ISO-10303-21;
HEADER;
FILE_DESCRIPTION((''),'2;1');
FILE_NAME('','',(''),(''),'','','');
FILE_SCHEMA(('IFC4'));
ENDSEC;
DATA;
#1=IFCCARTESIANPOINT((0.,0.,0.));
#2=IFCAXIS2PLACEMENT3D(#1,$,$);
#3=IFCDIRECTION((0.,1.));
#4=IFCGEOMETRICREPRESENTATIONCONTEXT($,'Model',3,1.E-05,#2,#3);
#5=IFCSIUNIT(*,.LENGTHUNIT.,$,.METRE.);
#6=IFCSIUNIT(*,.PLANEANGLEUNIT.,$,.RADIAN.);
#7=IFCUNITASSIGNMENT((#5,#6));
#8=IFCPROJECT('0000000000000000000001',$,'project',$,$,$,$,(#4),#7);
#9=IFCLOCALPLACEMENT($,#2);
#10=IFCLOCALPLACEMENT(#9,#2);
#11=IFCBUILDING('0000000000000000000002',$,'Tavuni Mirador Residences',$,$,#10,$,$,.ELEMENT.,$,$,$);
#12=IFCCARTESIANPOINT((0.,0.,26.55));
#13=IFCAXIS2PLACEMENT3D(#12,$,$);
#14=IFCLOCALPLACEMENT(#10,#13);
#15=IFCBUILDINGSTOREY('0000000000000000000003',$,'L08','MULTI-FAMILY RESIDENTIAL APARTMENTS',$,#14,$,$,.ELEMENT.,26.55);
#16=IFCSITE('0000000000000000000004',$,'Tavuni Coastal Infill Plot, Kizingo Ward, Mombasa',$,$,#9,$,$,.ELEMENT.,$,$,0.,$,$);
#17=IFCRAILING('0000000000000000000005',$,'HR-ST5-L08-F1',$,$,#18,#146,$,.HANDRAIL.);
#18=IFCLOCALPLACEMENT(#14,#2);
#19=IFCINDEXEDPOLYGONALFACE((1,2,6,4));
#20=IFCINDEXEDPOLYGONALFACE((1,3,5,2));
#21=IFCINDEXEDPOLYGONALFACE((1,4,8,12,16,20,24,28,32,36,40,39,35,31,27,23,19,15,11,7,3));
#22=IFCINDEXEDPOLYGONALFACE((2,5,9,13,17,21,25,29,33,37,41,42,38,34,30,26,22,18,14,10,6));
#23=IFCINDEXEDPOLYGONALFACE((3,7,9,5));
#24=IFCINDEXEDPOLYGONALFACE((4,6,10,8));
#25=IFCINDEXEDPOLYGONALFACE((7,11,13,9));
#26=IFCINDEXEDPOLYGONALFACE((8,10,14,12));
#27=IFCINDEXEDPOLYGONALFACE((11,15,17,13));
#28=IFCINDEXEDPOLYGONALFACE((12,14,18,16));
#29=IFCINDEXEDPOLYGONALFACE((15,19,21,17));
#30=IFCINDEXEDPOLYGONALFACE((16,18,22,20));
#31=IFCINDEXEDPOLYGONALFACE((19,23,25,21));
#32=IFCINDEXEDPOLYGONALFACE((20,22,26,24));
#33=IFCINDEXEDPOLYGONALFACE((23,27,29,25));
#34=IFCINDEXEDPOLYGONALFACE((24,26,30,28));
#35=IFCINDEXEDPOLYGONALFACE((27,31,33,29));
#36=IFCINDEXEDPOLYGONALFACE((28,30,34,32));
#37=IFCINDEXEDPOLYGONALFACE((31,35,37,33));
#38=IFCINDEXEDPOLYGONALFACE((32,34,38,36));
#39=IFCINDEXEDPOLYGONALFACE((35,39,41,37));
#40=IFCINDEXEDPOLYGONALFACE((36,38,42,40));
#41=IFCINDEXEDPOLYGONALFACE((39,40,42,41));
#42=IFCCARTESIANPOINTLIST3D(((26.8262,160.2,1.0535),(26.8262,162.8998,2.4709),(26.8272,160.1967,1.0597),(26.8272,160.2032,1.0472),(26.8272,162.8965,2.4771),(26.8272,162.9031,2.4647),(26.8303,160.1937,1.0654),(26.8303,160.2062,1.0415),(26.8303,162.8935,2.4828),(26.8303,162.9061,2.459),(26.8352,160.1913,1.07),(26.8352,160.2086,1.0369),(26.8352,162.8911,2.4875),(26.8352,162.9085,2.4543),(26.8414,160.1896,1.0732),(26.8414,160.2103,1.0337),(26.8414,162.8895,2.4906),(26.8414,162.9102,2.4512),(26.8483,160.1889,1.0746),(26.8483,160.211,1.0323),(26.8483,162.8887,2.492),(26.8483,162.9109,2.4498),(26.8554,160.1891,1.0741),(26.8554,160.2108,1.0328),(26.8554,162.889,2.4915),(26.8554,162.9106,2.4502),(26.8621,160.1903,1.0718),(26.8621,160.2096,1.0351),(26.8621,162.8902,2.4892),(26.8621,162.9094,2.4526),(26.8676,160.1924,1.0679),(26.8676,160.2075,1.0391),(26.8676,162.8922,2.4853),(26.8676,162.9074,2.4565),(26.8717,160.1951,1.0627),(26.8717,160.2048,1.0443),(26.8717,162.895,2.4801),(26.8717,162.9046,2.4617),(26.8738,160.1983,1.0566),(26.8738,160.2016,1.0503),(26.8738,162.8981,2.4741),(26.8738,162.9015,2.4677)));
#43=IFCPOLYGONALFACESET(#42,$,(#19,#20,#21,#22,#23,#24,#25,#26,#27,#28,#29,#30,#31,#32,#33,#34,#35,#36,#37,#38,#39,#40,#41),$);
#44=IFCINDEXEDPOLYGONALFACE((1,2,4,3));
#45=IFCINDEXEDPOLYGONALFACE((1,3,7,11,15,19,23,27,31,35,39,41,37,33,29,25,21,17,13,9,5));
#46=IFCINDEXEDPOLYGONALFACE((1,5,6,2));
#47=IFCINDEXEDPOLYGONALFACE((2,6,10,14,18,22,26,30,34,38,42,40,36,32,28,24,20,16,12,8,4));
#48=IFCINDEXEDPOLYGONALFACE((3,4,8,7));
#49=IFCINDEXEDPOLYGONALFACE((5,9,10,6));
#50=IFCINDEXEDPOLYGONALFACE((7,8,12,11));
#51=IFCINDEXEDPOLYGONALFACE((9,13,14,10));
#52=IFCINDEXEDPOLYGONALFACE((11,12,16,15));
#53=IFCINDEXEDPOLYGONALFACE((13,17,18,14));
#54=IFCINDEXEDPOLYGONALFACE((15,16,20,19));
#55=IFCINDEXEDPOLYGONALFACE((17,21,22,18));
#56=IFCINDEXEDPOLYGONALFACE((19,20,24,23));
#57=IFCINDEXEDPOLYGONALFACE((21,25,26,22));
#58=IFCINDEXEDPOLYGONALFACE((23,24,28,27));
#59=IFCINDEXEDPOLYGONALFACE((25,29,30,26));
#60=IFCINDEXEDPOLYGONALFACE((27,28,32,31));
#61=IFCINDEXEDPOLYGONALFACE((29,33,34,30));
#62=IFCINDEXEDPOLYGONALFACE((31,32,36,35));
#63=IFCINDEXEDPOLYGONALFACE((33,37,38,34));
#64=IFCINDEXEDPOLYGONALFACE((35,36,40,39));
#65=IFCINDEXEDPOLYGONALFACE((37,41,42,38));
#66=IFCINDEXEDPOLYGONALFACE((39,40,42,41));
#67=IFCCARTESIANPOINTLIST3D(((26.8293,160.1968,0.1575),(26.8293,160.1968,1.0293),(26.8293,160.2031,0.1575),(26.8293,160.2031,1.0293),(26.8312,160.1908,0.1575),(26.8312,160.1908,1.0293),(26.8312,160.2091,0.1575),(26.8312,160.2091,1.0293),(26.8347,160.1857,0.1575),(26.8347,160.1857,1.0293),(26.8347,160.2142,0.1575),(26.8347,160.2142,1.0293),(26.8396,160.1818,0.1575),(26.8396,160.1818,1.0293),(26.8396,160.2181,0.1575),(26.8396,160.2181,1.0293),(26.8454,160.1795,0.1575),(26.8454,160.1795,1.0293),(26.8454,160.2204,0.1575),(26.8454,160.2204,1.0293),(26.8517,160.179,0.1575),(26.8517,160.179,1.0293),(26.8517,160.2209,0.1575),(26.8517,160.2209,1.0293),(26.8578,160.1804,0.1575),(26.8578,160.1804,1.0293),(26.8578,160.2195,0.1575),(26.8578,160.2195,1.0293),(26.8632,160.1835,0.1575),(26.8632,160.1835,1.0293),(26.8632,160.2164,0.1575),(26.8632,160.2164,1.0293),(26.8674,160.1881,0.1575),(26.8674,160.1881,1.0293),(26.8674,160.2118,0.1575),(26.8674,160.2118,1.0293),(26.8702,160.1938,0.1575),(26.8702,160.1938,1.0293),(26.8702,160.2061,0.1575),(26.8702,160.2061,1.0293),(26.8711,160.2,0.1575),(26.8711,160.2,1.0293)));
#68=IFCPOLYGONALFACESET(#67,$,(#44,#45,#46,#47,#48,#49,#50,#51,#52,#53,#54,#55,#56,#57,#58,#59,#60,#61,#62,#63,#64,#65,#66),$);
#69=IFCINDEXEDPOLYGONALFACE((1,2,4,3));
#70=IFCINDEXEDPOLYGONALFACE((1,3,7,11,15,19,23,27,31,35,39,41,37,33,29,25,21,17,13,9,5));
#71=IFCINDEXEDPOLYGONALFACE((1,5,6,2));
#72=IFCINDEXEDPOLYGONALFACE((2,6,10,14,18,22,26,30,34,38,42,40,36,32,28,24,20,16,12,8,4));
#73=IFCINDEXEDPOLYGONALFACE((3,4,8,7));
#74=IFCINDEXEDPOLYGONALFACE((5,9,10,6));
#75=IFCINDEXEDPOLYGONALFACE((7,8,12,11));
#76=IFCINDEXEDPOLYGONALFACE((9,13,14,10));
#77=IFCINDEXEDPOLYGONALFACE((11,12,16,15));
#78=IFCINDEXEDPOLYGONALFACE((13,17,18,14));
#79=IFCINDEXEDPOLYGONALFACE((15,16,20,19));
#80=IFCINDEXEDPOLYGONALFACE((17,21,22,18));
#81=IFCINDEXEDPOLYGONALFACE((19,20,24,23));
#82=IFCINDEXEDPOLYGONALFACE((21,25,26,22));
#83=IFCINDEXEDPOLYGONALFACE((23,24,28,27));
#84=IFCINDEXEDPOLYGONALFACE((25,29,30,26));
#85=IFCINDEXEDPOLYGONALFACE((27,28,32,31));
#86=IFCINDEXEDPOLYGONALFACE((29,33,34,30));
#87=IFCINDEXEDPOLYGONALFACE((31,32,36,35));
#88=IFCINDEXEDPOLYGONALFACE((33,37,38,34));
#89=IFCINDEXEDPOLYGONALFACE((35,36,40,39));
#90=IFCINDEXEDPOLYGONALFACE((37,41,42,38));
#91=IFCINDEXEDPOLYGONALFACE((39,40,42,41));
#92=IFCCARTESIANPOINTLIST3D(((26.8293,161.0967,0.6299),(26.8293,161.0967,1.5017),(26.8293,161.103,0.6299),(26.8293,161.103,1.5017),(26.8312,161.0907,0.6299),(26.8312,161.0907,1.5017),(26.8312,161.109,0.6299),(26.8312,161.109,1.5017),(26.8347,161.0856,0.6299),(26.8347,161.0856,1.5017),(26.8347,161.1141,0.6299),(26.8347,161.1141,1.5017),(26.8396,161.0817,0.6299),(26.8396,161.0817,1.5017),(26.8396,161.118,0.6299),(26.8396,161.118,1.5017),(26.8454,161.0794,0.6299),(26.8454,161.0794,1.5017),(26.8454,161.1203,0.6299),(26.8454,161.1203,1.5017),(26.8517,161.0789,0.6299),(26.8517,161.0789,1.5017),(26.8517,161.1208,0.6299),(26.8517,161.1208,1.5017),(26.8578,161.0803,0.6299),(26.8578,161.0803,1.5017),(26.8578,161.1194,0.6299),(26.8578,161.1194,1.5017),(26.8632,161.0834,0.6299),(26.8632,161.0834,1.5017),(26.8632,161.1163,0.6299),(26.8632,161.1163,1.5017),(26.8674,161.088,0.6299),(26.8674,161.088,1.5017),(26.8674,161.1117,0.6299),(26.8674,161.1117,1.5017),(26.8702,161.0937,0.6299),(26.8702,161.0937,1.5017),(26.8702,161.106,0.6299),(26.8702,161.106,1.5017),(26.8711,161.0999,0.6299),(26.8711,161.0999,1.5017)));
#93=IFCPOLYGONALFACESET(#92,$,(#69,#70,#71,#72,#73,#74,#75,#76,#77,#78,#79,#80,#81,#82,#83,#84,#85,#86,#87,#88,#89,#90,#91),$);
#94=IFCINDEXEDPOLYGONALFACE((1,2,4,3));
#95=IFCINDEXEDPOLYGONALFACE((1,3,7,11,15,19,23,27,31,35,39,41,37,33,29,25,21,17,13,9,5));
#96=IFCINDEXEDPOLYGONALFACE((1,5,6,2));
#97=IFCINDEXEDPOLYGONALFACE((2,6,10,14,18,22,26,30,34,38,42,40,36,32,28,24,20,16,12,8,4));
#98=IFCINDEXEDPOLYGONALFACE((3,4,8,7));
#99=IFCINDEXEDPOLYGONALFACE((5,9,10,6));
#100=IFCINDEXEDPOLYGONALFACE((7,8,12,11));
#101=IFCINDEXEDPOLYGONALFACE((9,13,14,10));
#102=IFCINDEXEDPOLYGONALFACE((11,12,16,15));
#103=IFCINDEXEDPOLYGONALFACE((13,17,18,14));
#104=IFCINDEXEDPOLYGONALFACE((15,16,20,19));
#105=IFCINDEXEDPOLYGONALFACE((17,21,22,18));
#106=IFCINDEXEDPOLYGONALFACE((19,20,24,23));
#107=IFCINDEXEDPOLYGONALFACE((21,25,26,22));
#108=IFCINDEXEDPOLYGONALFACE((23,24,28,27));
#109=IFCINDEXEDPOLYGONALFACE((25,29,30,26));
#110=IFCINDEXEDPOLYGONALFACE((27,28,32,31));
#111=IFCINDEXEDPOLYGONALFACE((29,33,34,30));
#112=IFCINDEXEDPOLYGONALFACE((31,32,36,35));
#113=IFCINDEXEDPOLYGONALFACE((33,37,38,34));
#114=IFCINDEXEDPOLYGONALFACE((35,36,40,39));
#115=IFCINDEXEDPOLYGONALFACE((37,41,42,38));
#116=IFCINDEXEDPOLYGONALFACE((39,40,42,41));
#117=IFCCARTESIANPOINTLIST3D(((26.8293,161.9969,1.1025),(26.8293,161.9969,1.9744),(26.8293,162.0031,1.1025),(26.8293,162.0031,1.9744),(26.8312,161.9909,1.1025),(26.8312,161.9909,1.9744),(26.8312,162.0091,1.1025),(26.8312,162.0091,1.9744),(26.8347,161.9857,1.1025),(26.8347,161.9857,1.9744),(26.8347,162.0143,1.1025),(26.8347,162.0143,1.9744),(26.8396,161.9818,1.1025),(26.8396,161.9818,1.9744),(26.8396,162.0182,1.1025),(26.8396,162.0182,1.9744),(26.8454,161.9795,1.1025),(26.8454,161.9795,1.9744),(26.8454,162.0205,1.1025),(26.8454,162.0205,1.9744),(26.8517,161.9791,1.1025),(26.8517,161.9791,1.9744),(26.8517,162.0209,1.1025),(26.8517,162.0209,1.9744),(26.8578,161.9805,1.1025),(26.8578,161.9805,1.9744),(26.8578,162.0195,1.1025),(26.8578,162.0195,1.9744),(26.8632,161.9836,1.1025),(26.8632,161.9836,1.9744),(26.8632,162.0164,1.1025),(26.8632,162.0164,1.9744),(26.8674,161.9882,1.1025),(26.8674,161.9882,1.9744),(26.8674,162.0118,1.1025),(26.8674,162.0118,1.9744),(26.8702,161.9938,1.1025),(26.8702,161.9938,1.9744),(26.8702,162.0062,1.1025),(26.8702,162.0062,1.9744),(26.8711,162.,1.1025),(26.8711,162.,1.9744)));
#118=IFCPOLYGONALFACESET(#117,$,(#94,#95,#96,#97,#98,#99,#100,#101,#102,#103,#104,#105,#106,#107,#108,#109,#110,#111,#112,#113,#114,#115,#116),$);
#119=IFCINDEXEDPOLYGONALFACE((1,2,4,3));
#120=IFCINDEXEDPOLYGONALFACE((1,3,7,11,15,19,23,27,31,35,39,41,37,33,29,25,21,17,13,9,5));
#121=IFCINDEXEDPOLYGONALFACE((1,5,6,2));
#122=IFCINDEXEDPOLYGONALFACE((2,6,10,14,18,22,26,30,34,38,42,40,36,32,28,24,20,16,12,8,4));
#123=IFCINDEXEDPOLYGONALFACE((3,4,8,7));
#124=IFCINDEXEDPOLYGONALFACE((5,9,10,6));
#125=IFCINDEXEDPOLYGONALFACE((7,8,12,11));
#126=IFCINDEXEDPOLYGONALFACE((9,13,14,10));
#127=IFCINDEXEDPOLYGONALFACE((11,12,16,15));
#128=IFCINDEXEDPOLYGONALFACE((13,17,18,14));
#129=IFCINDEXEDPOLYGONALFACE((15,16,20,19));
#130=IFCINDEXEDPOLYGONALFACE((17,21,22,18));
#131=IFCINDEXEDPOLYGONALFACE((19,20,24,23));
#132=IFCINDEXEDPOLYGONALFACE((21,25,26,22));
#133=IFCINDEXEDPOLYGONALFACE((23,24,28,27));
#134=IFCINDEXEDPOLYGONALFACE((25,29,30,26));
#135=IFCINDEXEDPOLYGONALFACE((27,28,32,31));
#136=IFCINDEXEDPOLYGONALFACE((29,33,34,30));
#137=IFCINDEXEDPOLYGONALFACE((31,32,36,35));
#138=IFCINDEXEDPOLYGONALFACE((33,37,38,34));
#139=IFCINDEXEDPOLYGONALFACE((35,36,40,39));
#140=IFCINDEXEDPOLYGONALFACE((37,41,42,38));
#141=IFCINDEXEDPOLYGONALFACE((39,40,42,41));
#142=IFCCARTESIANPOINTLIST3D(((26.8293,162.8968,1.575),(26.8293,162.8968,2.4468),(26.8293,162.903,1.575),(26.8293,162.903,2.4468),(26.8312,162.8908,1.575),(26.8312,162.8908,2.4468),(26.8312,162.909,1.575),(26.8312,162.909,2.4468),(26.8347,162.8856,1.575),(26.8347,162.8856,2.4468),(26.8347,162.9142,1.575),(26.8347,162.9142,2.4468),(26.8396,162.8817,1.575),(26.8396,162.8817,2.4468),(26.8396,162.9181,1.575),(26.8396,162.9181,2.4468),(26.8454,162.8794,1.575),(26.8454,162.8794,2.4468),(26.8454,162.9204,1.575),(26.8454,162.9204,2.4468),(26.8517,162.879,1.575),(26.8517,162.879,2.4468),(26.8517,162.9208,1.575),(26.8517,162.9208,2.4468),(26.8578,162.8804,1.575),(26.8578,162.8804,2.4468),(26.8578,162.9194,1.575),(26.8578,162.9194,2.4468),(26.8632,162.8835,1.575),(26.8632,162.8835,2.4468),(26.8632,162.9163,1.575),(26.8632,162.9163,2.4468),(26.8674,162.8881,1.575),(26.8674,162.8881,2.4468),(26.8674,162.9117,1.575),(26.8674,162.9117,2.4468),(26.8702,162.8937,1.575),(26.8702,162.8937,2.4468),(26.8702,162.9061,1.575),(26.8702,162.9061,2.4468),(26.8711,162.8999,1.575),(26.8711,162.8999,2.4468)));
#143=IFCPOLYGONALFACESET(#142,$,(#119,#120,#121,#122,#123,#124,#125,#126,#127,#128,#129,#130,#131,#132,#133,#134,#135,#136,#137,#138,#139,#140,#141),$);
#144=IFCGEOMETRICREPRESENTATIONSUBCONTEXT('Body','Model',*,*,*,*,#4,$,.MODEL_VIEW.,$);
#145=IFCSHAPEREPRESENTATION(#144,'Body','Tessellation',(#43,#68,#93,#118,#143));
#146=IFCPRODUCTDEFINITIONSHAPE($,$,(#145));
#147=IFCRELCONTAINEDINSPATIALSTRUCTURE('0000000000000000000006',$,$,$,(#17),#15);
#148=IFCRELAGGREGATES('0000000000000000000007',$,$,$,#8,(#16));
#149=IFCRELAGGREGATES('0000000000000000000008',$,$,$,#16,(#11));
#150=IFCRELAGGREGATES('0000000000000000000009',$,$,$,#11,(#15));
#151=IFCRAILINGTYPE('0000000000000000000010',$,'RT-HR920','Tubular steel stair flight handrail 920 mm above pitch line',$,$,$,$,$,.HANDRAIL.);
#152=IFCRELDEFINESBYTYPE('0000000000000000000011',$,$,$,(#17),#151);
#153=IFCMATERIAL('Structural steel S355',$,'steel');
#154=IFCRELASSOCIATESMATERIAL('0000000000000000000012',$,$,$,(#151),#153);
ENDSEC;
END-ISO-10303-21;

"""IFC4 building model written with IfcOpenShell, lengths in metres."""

from ifc_helpers import new_model, si_unit, direction, frame, origin, origin_2d, place, context, subcontext, project, spatial, circle, extrude, material, type_object, element, save


model = new_model("IFC4")

# Units and contexts
model_context = context("Model", 3, precision=1e-05, world=origin(), true_north=direction((0.0, 1.0)))
body_context = subcontext(model_context, "Body", "Model", "MODEL_VIEW")
ifc_project = project(units=[si_unit("LENGTHUNIT", "METRE"), si_unit("PLANEANGLEUNIT", "RADIAN")], contexts=[model_context])

# Site, building, storey
site_placement = place(None, origin())
site = spatial("IfcSite", under=ifc_project, at=site_placement, Name="Tavuni Coastal Infill Plot, Kizingo Ward, Mombasa", CompositionType="ELEMENT", RefElevation=0.0)
building_placement = place(site_placement, origin())
building = spatial("IfcBuilding", under=site, at=building_placement, Name="Tavuni Mirador Residences", CompositionType="ELEMENT")
storey_placement = place(building_placement, frame((0.0, 0.0, 26.55)))
storey = spatial("IfcBuildingStorey", under=building, at=storey_placement, Name="L08", Description="MULTI-FAMILY RESIDENTIAL APARTMENTS", CompositionType="ELEMENT", Elevation=26.55)

# Shared definitions
ifc_material_1 = material(Name="Structural steel S355", Category="steel")

# Railing
railing_type_1 = type_object("IfcRailingType", Name="RT-HR920", Description="Tubular steel stair flight handrail 920 mm above pitch line", PredefinedType="HANDRAIL", material=ifc_material_1)
railing_1_placement = place(storey_placement, frame((26.8501, 160.2, 0.1575)))
element("IfcRailing", 1, at=railing_1_placement, inside=storey, type_object=railing_type_1, Name="HR-ST5-L08-F1", PredefinedType="HANDRAIL", context=body_context, shape_type="SweptSolid", body=[
    extrude(circle(Radius=0.0239, at=origin_2d()), frame((0.0, 0.0, 0.896), z_axis=(0.0, 0.885397, 0.464835), x_axis=(-1.0, 0.0, 0.0)), (0.0, 0.0, 1.0), 3.0493),
    extrude(circle(Radius=0.021, at=origin_2d()), origin(), (0.0, 0.0, 1.0), 0.8718),
    extrude(circle(Radius=0.021, at=origin_2d()), frame((0.0, 0.8999, 0.4724)), (0.0, 0.0, 1.0), 0.8718),
    extrude(circle(Radius=0.021, at=origin_2d()), frame((0.0, 1.8, 0.9451)), (0.0, 0.0, 1.0), 0.8718),
    extrude(circle(Radius=0.021, at=origin_2d()), frame((0.0, 2.7, 1.4175)), (0.0, 0.0, 1.0), 0.8718),
])

save(model, "model.ifc")
